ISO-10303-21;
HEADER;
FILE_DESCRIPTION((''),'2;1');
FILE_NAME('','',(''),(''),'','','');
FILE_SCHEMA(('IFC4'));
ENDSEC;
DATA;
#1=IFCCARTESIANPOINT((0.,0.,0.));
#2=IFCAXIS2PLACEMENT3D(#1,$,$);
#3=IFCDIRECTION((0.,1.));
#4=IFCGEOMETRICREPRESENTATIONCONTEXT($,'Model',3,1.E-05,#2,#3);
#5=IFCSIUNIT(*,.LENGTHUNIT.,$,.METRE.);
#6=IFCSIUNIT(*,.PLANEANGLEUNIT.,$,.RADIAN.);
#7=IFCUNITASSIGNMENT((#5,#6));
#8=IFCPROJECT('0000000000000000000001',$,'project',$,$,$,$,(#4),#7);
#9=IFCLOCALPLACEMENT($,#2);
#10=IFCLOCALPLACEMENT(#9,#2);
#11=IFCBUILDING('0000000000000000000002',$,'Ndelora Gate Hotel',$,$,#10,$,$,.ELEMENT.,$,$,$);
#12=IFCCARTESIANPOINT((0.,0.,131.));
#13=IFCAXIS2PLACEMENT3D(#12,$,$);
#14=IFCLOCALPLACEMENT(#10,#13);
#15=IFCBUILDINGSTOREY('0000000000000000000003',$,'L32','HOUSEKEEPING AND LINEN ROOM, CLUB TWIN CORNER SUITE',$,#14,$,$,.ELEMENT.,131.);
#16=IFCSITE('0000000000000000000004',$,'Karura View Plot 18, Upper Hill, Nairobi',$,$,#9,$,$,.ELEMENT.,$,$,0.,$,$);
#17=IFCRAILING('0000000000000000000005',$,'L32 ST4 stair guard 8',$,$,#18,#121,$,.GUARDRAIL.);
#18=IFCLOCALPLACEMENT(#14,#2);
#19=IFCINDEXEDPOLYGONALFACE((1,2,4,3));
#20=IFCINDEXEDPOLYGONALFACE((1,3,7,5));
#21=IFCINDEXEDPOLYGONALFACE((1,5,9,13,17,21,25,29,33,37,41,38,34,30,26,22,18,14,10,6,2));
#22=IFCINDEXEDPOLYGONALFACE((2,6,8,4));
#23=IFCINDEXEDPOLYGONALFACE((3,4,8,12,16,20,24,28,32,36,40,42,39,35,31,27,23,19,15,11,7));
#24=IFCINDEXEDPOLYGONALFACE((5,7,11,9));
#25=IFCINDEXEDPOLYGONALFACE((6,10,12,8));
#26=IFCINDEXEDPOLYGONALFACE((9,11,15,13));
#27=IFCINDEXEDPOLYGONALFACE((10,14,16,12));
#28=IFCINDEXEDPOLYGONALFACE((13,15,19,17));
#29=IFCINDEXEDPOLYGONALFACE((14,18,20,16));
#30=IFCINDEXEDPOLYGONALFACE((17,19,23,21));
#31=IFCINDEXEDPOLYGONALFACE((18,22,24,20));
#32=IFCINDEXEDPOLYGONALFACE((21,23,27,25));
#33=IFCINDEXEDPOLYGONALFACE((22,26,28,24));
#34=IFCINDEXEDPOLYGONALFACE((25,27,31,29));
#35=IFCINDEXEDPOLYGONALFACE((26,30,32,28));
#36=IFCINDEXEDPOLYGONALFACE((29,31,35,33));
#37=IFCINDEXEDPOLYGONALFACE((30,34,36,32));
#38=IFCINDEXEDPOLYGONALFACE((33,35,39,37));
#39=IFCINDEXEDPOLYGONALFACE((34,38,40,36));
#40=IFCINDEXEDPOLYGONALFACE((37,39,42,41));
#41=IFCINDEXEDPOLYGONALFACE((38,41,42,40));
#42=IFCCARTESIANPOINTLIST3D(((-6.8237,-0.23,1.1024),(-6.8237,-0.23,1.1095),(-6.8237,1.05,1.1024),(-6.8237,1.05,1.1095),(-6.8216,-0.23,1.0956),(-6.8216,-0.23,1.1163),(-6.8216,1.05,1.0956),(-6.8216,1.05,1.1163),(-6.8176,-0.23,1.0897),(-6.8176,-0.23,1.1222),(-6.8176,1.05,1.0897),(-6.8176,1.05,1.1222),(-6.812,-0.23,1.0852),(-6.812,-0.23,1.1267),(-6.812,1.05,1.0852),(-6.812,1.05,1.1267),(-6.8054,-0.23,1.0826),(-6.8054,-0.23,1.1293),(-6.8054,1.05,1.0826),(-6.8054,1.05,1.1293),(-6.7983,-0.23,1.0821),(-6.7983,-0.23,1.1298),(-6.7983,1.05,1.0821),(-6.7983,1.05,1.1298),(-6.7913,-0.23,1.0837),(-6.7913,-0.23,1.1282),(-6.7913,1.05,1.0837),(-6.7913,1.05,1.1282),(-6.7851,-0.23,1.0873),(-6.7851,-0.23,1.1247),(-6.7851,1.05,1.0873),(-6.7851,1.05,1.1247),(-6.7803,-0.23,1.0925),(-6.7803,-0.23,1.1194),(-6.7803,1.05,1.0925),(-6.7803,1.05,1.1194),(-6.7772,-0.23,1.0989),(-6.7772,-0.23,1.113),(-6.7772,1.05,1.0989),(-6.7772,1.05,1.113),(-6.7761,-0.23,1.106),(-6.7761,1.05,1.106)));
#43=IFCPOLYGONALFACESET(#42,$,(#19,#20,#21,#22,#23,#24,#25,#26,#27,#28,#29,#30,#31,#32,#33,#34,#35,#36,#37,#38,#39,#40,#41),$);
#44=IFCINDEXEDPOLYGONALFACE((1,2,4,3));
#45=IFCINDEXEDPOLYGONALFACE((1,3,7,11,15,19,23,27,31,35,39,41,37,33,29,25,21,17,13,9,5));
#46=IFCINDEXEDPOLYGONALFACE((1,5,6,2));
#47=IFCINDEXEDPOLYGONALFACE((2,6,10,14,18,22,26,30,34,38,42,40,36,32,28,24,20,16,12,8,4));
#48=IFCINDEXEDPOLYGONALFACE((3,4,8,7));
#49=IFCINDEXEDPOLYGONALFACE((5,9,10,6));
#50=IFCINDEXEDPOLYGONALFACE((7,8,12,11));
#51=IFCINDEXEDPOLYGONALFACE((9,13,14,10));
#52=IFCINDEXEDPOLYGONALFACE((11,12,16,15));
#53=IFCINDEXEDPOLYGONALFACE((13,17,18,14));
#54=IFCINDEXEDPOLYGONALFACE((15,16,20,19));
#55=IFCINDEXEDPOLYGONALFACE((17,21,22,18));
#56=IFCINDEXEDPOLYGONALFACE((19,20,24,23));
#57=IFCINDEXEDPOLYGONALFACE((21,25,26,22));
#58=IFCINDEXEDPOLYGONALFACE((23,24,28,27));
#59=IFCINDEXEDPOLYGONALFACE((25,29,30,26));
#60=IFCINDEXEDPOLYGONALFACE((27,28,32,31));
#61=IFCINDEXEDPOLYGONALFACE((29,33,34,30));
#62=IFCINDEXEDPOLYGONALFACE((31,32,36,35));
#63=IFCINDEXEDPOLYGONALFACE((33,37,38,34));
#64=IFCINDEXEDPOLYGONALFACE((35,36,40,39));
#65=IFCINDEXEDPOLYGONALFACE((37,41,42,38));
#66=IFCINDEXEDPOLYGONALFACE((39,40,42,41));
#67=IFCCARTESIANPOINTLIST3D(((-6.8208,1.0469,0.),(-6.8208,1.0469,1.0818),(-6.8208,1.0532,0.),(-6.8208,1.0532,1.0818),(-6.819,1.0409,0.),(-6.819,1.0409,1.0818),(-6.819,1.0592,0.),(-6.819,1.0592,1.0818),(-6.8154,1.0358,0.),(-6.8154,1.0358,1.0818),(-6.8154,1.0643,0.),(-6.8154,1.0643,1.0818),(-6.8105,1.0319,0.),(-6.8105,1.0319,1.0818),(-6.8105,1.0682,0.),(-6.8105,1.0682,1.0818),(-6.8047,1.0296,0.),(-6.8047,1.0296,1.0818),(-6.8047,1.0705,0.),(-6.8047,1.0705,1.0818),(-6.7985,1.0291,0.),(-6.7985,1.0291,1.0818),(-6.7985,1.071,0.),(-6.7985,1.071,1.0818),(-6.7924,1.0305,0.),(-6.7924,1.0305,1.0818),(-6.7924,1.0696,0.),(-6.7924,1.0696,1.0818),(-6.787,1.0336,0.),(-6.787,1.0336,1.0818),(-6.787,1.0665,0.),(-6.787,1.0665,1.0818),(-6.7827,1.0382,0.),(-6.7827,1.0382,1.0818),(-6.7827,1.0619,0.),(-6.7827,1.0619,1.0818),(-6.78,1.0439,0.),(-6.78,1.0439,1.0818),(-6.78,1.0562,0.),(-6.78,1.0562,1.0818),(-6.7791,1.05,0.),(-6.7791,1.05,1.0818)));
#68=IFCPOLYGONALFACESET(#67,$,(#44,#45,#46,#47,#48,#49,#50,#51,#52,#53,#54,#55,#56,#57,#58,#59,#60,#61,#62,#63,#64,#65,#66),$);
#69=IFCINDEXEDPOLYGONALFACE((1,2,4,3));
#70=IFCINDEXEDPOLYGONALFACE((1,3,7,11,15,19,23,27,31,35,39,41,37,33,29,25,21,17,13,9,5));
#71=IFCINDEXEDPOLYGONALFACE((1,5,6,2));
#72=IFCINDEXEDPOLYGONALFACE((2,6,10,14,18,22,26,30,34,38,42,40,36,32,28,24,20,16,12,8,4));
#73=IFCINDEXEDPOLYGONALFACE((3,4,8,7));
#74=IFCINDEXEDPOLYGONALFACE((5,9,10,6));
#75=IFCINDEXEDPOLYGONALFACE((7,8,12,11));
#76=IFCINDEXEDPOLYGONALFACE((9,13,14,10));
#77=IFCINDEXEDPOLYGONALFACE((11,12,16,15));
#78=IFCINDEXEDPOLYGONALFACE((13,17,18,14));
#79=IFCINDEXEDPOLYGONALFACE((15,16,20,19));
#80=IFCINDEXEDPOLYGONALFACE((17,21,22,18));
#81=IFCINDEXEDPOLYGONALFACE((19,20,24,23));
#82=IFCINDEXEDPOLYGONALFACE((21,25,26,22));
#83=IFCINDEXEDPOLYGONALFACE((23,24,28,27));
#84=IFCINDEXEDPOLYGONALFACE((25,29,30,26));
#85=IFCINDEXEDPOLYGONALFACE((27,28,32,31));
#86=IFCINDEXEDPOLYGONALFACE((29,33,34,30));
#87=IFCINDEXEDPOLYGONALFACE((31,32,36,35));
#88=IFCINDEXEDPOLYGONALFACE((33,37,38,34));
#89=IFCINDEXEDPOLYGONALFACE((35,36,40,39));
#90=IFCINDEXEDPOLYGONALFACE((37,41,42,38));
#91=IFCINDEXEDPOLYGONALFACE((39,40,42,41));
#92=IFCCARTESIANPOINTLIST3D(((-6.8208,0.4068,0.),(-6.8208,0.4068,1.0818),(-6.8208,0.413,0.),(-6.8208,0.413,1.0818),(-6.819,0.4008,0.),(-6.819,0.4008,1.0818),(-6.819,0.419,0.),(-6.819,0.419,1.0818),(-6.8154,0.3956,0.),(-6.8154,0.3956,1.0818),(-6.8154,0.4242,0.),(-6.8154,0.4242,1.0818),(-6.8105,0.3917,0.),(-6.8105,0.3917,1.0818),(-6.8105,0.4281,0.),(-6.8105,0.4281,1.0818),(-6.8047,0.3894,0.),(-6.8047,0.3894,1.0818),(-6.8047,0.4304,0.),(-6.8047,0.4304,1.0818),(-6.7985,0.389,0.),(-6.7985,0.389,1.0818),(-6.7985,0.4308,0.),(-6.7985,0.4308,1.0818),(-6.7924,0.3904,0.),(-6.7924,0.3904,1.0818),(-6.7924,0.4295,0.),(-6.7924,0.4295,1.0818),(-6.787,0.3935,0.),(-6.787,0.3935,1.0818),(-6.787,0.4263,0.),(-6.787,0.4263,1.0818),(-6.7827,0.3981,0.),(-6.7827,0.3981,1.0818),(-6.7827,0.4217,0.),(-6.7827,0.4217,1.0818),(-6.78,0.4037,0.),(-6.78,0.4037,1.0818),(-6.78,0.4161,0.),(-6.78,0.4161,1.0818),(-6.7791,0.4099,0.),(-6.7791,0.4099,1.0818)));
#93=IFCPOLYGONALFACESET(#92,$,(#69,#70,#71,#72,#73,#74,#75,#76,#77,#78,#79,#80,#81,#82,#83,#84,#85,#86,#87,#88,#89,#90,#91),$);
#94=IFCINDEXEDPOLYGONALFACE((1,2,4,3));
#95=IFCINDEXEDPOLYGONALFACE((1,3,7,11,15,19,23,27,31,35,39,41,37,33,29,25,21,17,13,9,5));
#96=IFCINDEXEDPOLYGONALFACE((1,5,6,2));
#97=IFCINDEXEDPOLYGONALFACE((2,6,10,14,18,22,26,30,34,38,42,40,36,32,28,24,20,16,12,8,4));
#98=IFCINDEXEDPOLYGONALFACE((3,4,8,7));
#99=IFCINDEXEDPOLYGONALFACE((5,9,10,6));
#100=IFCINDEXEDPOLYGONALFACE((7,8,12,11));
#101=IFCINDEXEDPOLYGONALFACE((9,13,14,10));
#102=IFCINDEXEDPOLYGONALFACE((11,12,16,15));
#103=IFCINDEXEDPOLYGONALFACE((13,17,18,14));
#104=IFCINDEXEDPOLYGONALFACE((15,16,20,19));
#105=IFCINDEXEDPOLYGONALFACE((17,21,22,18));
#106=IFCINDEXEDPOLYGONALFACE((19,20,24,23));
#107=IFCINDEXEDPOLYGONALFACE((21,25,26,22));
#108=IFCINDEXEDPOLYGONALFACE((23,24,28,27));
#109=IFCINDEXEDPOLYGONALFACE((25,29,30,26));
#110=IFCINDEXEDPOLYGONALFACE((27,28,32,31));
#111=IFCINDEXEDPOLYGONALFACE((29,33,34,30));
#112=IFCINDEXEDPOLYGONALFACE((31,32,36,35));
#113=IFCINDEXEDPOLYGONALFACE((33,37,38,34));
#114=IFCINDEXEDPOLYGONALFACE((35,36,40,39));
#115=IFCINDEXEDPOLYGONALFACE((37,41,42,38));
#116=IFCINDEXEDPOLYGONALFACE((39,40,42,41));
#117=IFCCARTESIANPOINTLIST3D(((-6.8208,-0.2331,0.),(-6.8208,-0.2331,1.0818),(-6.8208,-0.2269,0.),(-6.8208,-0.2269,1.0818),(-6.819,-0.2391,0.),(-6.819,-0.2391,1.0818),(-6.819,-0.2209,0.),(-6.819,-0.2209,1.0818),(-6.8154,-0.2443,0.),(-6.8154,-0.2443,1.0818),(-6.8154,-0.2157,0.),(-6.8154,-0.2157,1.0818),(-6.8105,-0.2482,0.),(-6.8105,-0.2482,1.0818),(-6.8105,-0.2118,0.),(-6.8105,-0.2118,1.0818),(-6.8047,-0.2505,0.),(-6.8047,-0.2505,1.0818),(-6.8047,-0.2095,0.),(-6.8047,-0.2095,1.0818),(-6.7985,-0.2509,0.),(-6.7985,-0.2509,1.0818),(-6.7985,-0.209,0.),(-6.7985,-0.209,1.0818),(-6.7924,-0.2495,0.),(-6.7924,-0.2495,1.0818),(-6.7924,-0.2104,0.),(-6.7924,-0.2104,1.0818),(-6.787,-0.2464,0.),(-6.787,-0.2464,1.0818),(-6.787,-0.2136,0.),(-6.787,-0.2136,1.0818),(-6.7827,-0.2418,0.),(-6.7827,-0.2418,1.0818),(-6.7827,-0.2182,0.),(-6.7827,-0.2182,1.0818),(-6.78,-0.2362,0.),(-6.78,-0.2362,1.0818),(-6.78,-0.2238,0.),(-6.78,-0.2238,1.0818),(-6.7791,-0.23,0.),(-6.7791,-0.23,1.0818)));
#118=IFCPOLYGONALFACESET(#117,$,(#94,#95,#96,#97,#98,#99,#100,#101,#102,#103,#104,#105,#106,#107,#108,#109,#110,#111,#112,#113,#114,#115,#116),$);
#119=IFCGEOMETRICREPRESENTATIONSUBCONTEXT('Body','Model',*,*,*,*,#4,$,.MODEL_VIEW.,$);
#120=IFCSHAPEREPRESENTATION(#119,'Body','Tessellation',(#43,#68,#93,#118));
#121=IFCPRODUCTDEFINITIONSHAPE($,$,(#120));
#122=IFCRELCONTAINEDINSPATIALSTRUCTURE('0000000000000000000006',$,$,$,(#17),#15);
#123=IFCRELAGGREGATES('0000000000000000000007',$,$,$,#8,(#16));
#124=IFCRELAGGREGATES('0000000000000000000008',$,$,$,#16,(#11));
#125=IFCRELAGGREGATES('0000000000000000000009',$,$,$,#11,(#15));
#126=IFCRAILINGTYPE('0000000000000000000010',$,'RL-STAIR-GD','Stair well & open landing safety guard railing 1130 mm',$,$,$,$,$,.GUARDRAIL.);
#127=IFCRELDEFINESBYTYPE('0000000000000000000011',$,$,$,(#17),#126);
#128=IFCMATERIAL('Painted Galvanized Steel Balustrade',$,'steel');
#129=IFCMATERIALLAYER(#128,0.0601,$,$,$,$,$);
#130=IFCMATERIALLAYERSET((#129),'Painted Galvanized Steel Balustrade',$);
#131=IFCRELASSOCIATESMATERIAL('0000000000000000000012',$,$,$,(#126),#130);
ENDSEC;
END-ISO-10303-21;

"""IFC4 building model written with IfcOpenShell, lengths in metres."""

from ifc_helpers import new_model, si_unit, direction, frame, origin, origin_2d, place, context, subcontext, project, spatial, circle, extrude, material, layer, layer_set, type_object, element, save


model = new_model("IFC4")

# Units and contexts
model_context = context("Model", 3, precision=1e-05, world=origin(), true_north=direction((0.0, 1.0)))
body_context = subcontext(model_context, "Body", "Model", "MODEL_VIEW")
ifc_project = project(units=[si_unit("LENGTHUNIT", "METRE"), si_unit("PLANEANGLEUNIT", "RADIAN")], contexts=[model_context])

# Site, building, storey
site_placement = place(None, origin())
site = spatial("IfcSite", under=ifc_project, at=site_placement, Name="Karura View Plot 18, Upper Hill, Nairobi", CompositionType="ELEMENT", RefElevation=0.0)
building_placement = place(site_placement, origin())
building = spatial("IfcBuilding", under=site, at=building_placement, Name="Ndelora Gate Hotel", CompositionType="ELEMENT")
storey_placement = place(building_placement, frame((0.0, 0.0, 131.0)))
storey = spatial("IfcBuildingStorey", under=building, at=storey_placement, Name="L32", Description="HOUSEKEEPING AND LINEN ROOM, CLUB TWIN CORNER SUITE", CompositionType="ELEMENT", Elevation=131.0)

# Railing
ifc_material_1 = material(Name="Painted Galvanized Steel Balustrade", Category="steel")
ifc_layer_1 = layer(ifc_material_1, 0.0601)
ifc_layer_set_1 = layer_set([ifc_layer_1], Name="Painted Galvanized Steel Balustrade")
railing_type = type_object("IfcRailingType", Name="RL-STAIR-GD", Description="Stair well & open landing safety guard railing 1130 mm", PredefinedType="GUARDRAIL", material=ifc_layer_set_1)
for number, where, name in (
    (1, (-6.8, 1.05, 0.0), "L32 ST4 stair guard 8"),
):
    element("IfcRailing", number, at=place(storey_placement, frame(where)), inside=storey, type_object=railing_type, Name=name, PredefinedType="GUARDRAIL", context=body_context, shape_type="SweptSolid", body=[
        extrude(circle(Radius=0.0239, at=origin_2d()), frame((0.0, 0.0, 1.106), z_axis=(0.0, -1.0, 0.0), x_axis=(1.0, 0.0, 0.0)), (0.0, 0.0, 1.0), 1.28),
        extrude(circle(Radius=0.021, at=origin_2d()), origin(), (0.0, 0.0, 1.0), 1.0818),
        extrude(circle(Radius=0.021, at=origin_2d()), frame((0.0, -0.6401, 0.0)), (0.0, 0.0, 1.0), 1.0818),
        extrude(circle(Radius=0.021, at=origin_2d()), frame((0.0, -1.28, 0.0)), (0.0, 0.0, 1.0), 1.0818),
    ])

save(model, "model.ifc")
